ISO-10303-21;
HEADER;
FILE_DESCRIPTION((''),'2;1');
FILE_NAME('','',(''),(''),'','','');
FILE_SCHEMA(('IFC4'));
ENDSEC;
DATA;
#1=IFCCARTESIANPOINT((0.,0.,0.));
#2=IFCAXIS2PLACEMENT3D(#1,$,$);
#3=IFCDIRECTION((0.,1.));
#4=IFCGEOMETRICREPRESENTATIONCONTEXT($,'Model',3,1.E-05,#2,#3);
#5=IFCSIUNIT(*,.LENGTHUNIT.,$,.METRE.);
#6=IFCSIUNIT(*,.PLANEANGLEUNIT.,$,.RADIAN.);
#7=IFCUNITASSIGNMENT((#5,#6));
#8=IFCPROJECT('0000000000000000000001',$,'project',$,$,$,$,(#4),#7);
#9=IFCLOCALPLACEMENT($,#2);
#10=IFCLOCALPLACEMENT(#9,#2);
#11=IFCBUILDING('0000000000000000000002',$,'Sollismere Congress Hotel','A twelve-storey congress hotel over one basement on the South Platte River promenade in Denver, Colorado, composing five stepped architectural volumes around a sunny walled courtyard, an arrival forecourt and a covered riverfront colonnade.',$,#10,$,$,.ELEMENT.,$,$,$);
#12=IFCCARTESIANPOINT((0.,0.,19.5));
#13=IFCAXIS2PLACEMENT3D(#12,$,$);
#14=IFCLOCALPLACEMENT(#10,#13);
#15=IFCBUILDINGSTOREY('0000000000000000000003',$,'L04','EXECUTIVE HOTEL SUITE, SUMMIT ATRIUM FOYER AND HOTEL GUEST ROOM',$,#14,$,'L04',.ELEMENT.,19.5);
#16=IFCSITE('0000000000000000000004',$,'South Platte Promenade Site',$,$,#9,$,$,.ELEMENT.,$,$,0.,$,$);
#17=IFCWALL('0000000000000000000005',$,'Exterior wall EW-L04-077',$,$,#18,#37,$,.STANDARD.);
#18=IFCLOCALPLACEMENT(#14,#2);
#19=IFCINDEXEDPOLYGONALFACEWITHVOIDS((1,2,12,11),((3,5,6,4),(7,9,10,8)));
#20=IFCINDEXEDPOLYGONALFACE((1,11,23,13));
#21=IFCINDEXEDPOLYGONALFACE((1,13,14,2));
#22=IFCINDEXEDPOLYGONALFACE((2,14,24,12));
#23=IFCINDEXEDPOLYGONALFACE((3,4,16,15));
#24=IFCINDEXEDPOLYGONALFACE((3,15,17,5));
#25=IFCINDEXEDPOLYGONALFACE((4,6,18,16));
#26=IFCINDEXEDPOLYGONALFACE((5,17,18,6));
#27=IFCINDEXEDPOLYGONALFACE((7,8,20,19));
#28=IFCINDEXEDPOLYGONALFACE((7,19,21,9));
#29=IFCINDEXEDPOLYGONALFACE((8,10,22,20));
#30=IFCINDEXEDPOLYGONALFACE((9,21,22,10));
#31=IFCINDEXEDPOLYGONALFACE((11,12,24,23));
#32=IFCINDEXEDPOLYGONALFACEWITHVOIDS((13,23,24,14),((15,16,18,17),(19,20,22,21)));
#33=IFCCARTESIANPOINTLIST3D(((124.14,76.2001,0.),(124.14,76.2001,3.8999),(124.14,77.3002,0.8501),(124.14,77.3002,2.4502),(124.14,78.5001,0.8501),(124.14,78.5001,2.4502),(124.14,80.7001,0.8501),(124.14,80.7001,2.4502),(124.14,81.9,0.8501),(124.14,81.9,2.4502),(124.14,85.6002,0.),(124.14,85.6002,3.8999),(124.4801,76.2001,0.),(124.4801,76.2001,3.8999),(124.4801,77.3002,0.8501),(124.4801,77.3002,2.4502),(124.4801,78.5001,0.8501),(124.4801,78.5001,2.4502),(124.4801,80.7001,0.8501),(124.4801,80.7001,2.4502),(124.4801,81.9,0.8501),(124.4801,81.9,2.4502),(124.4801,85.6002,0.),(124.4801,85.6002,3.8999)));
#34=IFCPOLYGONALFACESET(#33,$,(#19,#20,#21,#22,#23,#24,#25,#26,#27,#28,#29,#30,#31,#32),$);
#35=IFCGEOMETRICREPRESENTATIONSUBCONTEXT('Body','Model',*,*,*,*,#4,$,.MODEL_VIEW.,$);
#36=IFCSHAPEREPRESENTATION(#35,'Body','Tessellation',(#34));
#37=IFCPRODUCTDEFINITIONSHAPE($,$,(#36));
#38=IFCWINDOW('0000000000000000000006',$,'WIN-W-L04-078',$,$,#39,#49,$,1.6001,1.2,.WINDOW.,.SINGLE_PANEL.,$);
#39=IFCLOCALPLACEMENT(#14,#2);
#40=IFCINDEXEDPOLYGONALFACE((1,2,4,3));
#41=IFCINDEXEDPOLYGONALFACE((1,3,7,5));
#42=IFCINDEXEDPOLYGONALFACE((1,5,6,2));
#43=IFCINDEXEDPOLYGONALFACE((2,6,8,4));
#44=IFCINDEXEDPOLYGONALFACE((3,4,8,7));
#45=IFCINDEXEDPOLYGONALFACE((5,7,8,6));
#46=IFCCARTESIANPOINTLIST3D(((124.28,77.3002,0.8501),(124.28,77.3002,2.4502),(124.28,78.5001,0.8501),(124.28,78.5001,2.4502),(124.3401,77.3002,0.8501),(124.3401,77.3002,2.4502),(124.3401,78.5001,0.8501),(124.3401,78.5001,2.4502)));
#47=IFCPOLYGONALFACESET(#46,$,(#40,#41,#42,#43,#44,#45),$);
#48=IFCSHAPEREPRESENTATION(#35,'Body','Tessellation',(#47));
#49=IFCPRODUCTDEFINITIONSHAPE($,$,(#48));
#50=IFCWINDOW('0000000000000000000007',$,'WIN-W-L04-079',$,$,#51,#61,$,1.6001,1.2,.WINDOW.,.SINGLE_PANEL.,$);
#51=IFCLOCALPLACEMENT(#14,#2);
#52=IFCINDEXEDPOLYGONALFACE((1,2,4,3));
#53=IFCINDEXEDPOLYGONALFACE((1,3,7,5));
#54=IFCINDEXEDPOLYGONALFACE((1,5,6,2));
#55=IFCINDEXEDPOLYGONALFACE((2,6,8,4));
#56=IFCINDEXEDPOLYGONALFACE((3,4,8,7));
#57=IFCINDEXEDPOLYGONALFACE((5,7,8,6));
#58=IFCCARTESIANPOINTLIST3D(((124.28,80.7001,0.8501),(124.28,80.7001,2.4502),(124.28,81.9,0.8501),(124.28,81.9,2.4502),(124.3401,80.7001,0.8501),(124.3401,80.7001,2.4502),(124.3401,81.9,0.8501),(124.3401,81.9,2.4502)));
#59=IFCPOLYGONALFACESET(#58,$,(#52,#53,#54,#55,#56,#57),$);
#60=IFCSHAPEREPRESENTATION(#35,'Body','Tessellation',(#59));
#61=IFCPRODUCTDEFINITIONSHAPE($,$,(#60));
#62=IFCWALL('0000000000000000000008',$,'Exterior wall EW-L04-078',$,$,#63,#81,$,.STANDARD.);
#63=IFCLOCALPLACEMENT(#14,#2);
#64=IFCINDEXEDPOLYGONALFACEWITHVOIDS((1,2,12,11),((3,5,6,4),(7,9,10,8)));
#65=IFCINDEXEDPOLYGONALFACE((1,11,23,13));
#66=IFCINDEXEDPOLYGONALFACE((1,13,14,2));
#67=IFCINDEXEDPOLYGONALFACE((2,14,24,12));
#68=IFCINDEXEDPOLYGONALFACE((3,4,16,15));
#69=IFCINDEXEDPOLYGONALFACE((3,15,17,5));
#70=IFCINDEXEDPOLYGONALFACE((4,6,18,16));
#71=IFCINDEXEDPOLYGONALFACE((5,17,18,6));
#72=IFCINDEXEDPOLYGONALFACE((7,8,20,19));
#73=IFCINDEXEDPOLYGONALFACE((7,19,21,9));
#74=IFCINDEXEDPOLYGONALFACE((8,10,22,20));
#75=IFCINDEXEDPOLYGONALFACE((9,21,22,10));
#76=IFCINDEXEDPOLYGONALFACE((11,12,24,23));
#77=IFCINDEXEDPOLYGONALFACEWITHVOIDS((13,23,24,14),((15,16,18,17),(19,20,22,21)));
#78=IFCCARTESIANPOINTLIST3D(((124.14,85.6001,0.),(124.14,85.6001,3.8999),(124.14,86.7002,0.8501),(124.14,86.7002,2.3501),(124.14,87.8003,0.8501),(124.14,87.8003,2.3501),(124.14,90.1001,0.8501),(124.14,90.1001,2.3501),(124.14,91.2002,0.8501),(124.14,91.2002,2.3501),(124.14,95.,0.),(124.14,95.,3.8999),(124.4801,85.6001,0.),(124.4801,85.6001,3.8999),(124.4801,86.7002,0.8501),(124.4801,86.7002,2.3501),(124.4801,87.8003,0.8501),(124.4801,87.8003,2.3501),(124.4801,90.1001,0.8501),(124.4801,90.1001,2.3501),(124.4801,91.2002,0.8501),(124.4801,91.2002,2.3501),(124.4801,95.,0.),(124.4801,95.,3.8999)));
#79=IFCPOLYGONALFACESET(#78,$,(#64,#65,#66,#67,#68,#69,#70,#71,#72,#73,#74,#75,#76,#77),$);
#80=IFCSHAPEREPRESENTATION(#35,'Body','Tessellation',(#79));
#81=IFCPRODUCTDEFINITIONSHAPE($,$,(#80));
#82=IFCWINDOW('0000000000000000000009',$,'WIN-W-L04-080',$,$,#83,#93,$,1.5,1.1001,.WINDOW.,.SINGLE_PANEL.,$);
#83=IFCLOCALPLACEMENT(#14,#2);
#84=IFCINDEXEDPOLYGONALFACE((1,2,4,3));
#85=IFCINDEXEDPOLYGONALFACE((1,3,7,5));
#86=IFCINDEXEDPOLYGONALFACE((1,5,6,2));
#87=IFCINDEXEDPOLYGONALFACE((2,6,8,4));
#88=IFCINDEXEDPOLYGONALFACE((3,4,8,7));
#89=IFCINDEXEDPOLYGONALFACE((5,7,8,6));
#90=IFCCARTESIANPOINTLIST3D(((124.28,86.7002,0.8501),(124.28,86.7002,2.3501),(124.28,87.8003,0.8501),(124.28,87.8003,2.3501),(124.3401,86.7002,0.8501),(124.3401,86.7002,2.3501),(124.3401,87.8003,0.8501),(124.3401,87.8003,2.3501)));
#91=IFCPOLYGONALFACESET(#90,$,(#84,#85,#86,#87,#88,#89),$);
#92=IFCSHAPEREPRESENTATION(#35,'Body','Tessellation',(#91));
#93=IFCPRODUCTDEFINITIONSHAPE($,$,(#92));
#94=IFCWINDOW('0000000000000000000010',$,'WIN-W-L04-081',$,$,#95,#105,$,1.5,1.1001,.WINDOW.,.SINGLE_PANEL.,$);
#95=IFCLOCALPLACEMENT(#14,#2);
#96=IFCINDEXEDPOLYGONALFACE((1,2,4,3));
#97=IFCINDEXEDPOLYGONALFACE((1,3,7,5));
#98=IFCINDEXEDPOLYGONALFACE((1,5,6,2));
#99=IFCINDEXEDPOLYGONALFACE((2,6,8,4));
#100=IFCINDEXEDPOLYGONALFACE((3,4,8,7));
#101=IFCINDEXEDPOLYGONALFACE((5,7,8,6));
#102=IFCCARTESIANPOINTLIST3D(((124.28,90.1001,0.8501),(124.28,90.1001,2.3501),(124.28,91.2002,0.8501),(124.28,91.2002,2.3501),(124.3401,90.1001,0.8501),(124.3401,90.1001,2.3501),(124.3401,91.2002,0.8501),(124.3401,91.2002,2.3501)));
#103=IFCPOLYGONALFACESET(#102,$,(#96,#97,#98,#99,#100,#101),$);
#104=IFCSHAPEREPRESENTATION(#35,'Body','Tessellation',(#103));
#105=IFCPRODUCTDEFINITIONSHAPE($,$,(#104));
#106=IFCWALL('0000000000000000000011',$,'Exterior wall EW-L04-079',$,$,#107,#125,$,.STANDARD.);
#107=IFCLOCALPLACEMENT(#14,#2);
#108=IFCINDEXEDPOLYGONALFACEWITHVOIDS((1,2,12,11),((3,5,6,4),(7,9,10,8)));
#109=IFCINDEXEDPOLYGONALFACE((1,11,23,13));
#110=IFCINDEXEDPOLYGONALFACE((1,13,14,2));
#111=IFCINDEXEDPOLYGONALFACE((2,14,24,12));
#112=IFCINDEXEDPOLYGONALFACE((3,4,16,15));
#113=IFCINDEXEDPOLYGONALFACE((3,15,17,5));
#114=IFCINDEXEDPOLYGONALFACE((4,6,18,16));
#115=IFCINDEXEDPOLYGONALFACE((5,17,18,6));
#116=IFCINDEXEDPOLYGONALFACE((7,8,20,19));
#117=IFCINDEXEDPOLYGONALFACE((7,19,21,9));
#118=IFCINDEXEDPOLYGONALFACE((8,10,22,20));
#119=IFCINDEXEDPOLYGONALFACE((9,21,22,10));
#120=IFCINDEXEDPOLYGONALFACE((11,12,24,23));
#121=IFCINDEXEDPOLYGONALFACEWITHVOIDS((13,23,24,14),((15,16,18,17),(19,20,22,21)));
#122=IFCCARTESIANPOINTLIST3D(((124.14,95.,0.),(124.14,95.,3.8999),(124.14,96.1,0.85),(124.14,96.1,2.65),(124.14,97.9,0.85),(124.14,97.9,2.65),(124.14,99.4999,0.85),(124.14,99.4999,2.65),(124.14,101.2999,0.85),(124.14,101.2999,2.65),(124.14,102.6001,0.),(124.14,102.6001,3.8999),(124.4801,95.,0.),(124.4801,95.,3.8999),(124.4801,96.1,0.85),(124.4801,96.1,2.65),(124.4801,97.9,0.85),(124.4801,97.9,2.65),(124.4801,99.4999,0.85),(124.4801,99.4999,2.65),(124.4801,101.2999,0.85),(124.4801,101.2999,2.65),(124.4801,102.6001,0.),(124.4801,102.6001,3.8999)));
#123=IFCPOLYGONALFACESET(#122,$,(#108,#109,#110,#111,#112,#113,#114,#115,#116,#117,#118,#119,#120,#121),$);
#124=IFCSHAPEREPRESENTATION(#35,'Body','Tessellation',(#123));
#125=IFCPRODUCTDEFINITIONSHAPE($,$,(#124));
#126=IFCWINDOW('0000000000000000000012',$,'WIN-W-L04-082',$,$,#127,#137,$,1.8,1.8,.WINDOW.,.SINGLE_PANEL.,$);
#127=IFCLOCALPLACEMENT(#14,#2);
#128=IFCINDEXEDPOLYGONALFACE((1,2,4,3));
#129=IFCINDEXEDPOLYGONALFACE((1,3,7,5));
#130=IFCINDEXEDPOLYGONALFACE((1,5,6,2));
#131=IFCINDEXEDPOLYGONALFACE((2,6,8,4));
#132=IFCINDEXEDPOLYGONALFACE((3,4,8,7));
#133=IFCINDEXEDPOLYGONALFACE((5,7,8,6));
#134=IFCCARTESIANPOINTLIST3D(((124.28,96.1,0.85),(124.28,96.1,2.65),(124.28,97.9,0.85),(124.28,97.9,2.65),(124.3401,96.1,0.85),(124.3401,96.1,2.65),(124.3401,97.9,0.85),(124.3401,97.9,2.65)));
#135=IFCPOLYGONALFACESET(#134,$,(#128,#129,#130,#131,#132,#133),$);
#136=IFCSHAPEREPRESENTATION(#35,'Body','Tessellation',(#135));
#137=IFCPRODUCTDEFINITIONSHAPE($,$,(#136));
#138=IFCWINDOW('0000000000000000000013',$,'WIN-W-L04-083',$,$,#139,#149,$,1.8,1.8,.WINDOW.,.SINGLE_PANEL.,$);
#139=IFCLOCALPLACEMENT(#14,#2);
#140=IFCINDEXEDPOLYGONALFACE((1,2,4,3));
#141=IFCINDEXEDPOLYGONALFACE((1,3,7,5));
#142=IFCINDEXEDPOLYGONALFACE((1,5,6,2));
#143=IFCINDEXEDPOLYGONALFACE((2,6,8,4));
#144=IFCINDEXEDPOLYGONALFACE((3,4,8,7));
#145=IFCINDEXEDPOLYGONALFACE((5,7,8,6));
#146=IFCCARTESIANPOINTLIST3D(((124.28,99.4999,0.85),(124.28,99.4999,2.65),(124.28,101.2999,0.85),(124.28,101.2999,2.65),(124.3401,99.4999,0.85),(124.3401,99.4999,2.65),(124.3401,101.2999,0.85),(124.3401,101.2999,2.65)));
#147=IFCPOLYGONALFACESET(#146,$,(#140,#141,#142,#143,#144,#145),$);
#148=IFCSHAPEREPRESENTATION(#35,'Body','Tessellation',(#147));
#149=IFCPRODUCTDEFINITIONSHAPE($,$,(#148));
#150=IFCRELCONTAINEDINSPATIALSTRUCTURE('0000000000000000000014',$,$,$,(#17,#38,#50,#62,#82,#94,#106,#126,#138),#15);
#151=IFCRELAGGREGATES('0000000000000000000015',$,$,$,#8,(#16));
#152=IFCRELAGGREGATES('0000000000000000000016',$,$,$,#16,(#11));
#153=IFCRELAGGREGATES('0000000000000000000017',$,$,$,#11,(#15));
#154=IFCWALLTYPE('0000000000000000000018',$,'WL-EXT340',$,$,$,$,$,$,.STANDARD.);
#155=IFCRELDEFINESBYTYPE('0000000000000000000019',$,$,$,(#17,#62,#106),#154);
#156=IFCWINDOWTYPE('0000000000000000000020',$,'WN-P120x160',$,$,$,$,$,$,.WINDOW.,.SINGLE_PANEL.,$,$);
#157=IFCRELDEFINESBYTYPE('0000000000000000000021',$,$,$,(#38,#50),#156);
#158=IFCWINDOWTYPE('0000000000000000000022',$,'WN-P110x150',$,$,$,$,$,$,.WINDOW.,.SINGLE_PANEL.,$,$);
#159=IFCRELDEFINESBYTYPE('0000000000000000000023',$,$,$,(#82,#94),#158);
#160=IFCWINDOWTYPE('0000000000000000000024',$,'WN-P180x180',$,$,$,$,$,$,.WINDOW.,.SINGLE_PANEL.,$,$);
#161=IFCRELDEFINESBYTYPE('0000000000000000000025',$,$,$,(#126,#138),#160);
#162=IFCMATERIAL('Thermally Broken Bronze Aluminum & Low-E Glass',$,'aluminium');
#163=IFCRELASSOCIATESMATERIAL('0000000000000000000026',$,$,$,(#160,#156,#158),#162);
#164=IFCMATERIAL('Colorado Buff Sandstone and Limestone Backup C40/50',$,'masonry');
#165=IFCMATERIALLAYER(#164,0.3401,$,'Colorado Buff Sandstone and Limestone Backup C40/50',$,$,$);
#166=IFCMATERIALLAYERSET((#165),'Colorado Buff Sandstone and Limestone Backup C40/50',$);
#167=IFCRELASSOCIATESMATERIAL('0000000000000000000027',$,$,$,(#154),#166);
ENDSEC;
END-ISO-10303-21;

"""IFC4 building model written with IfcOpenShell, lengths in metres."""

from ifc_helpers import new_model, si_unit, direction, frame, frame_2d, origin, place, context, subcontext, project, spatial, rectangle, extrude, material, layer, layer_set, type_object, element, fill, save


model = new_model("IFC4")

# Units and contexts
model_context = context("Model", 3, precision=1e-05, world=origin(), true_north=direction((0.0, 1.0)))
body_context = subcontext(model_context, "Body", "Model", "MODEL_VIEW")
ifc_project = project(units=[si_unit("LENGTHUNIT", "METRE"), si_unit("PLANEANGLEUNIT", "RADIAN")], contexts=[model_context])

# Site, building, storey
site_placement = place(None, origin())
site = spatial("IfcSite", under=ifc_project, at=site_placement, Name="South Platte Promenade Site", CompositionType="ELEMENT", RefElevation=0.0)
building_placement = place(site_placement, origin())
building = spatial("IfcBuilding", under=site, at=building_placement, Name="Sollismere Congress Hotel", Description="A twelve-storey congress hotel over one basement on the South Platte River promenade in Denver, Colorado, composing five stepped architectural volumes around a sunny walled courtyard, an arrival forecourt and a covered riverfront colonnade.", CompositionType="ELEMENT")
storey_placement = place(building_placement, frame((0.0, 0.0, 19.5)))
storey = spatial("IfcBuildingStorey", under=building, at=storey_placement, Name="L04", Description="EXECUTIVE HOTEL SUITE, SUMMIT ATRIUM FOYER AND HOTEL GUEST ROOM", LongName="L04", CompositionType="ELEMENT", Elevation=19.5)

# Walls, openings, windows
ifc_material_1 = material(Name="Thermally Broken Bronze Aluminum & Low-E Glass", Category="aluminium")
window_type_1 = type_object("IfcWindowType", Name="WN-P180x180", PartitioningType="SINGLE_PANEL", PredefinedType="WINDOW", material=ifc_material_1)
ifc_material_2 = material(Name="Colorado Buff Sandstone and Limestone Backup C40/50", Category="masonry")
ifc_layer_1 = layer(ifc_material_2, 0.3401, Name="Colorado Buff Sandstone and Limestone Backup C40/50")
ifc_layer_set_1 = layer_set([ifc_layer_1], Name="Colorado Buff Sandstone and Limestone Backup C40/50")
wall_type_1 = type_object("IfcWallType", Name="WL-EXT340", PredefinedType="STANDARD", material=ifc_layer_set_1)
wall_1_placement = place(storey_placement, frame((124.3101, 76.2, 0.0), z_axis=(0.0, 0.0, 1.0), x_axis=(0.0, 1.0, 0.0)))
wall_1 = element("IfcWall", 1, at=wall_1_placement, inside=storey, type_object=wall_type_1, Name="Exterior wall EW-L04-077", PredefinedType="STANDARD", context=body_context, shape_type="SweptSolid", body=[
    extrude(rectangle(XDim=9.4001, YDim=0.3401, at=frame_2d((4.7002, 0.0))), origin(), (0.0, 0.0, 1.0), 3.8999),
])
opening_1_placement = place(wall_1_placement, frame((1.1001, 0.0, 0.8501)))
opening_1 = element("IfcOpeningElement", 2, at=opening_1_placement, cuts=wall_1, PredefinedType="OPENING", context=body_context, shape_type="SweptSolid", body=[
    extrude(rectangle(XDim=1.2, YDim=1.6001, at=frame_2d((0.6001, 0.8))), frame((0.0, 0.1799, 0.0), z_axis=(0.0, -1.0, 0.0), x_axis=(1.0, 0.0, 0.0)), (0.0, 0.0, 1.0), 0.3601),
])
opening_2_placement = place(wall_1_placement, frame((4.5, 0.0, 0.8501)))
opening_2 = element("IfcOpeningElement", 3, at=opening_2_placement, cuts=wall_1, PredefinedType="OPENING", context=body_context, shape_type="SweptSolid", body=[
    extrude(rectangle(XDim=1.2, YDim=1.6001, at=frame_2d((0.6001, 0.8))), frame((0.0, 0.1799, 0.0), z_axis=(0.0, -1.0, 0.0), x_axis=(1.0, 0.0, 0.0)), (0.0, 0.0, 1.0), 0.3601),
])
window_type_2 = type_object("IfcWindowType", Name="WN-P120x160", PartitioningType="SINGLE_PANEL", PredefinedType="WINDOW", material=ifc_material_1)
window_1_placement = place(opening_1_placement, origin())
window_1 = element("IfcWindow", 4, at=window_1_placement, inside=storey, type_object=window_type_2, Name="WIN-W-L04-078", OverallHeight=1.6001, OverallWidth=1.2, PartitioningType="SINGLE_PANEL", PredefinedType="WINDOW", context=body_context, shape_type="SweptSolid", body=[
    extrude(rectangle(XDim=1.2, YDim=1.6001, at=frame_2d((0.6001, 0.8))), frame((0.0, 0.03, 0.0), z_axis=(0.0, -1.0, 0.0), x_axis=(1.0, 0.0, 0.0)), (0.0, 0.0, 1.0), 0.0601),
])
fill(opening_1, window_1)
window_2_placement = place(opening_2_placement, origin())
window_2 = element("IfcWindow", 5, at=window_2_placement, inside=storey, type_object=window_type_2, Name="WIN-W-L04-079", OverallHeight=1.6001, OverallWidth=1.2, PartitioningType="SINGLE_PANEL", PredefinedType="WINDOW", context=body_context, shape_type="SweptSolid", body=[
    extrude(rectangle(XDim=1.2, YDim=1.6001, at=frame_2d((0.6001, 0.8))), frame((0.0, 0.03, 0.0), z_axis=(0.0, -1.0, 0.0), x_axis=(1.0, 0.0, 0.0)), (0.0, 0.0, 1.0), 0.0601),
])
fill(opening_2, window_2)
wall_2_placement = place(storey_placement, frame((124.3101, 85.6001, 0.0), z_axis=(0.0, 0.0, 1.0), x_axis=(0.0, 1.0, 0.0)))
wall_2 = element("IfcWall", 6, at=wall_2_placement, inside=storey, type_object=wall_type_1, Name="Exterior wall EW-L04-078", PredefinedType="STANDARD", context=body_context, shape_type="SweptSolid", body=[
    extrude(rectangle(XDim=9.3999, YDim=0.3401, at=frame_2d((4.7, 0.0))), origin(), (0.0, 0.0, 1.0), 3.8999),
])
opening_3_placement = place(wall_2_placement, frame((1.1001, 0.0, 0.8501)))
opening_3 = element("IfcOpeningElement", 7, at=opening_3_placement, cuts=wall_2, PredefinedType="OPENING", context=body_context, shape_type="SweptSolid", body=[
    extrude(rectangle(XDim=1.1001, YDim=1.5, at=frame_2d((0.55, 0.75))), frame((0.0, 0.1799, 0.0), z_axis=(0.0, -1.0, 0.0), x_axis=(1.0, 0.0, 0.0)), (0.0, 0.0, 1.0), 0.3601),
])
opening_4_placement = place(wall_2_placement, frame((4.5, 0.0, 0.8501)))
opening_4 = element("IfcOpeningElement", 8, at=opening_4_placement, cuts=wall_2, PredefinedType="OPENING", context=body_context, shape_type="SweptSolid", body=[
    extrude(rectangle(XDim=1.1001, YDim=1.5, at=frame_2d((0.55, 0.75))), frame((0.0, 0.1799, 0.0), z_axis=(0.0, -1.0, 0.0), x_axis=(1.0, 0.0, 0.0)), (0.0, 0.0, 1.0), 0.3601),
])
window_type_3 = type_object("IfcWindowType", Name="WN-P110x150", PartitioningType="SINGLE_PANEL", PredefinedType="WINDOW", material=ifc_material_1)
window_3_placement = place(opening_3_placement, origin())
window_3 = element("IfcWindow", 9, at=window_3_placement, inside=storey, type_object=window_type_3, Name="WIN-W-L04-080", OverallHeight=1.5, OverallWidth=1.1001, PartitioningType="SINGLE_PANEL", PredefinedType="WINDOW", context=body_context, shape_type="SweptSolid", body=[
    extrude(rectangle(XDim=1.1001, YDim=1.5, at=frame_2d((0.55, 0.75))), frame((0.0, 0.03, 0.0), z_axis=(0.0, -1.0, 0.0), x_axis=(1.0, 0.0, 0.0)), (0.0, 0.0, 1.0), 0.0601),
])
fill(opening_3, window_3)
window_4_placement = place(opening_4_placement, origin())
window_4 = element("IfcWindow", 10, at=window_4_placement, inside=storey, type_object=window_type_3, Name="WIN-W-L04-081", OverallHeight=1.5, OverallWidth=1.1001, PartitioningType="SINGLE_PANEL", PredefinedType="WINDOW", context=body_context, shape_type="SweptSolid", body=[
    extrude(rectangle(XDim=1.1001, YDim=1.5, at=frame_2d((0.55, 0.75))), frame((0.0, 0.03, 0.0), z_axis=(0.0, -1.0, 0.0), x_axis=(1.0, 0.0, 0.0)), (0.0, 0.0, 1.0), 0.0601),
])
fill(opening_4, window_4)
wall_3_placement = place(storey_placement, frame((124.3101, 95.0, 0.0), z_axis=(0.0, 0.0, 1.0), x_axis=(0.0, 1.0, 0.0)))
wall_3 = element("IfcWall", 11, at=wall_3_placement, inside=storey, type_object=wall_type_1, Name="Exterior wall EW-L04-079", PredefinedType="STANDARD", context=body_context, shape_type="SweptSolid", body=[
    extrude(rectangle(XDim=7.6001, YDim=0.3401, at=frame_2d((3.8, 0.0))), origin(), (0.0, 0.0, 1.0), 3.8999),
])
opening_5_placement = place(wall_3_placement, frame((1.1001, 0.0, 0.8501)))
opening_5 = element("IfcOpeningElement", 12, at=opening_5_placement, cuts=wall_3, PredefinedType="OPENING", context=body_context, shape_type="SweptSolid", body=[
    extrude(rectangle(XDim=1.8, YDim=1.8, at=frame_2d((0.8999, 0.8999))), frame((0.0, 0.1799, 0.0), z_axis=(0.0, -1.0, 0.0), x_axis=(1.0, 0.0, 0.0)), (0.0, 0.0, 1.0), 0.3601),
])
opening_6_placement = place(wall_3_placement, frame((4.5, 0.0, 0.8501)))
opening_6 = element("IfcOpeningElement", 13, at=opening_6_placement, cuts=wall_3, PredefinedType="OPENING", context=body_context, shape_type="SweptSolid", body=[
    extrude(rectangle(XDim=1.8, YDim=1.8, at=frame_2d((0.8999, 0.8999))), frame((0.0, 0.1799, 0.0), z_axis=(0.0, -1.0, 0.0), x_axis=(1.0, 0.0, 0.0)), (0.0, 0.0, 1.0), 0.3601),
])
window_5_placement = place(opening_5_placement, origin())
window_5 = element("IfcWindow", 14, at=window_5_placement, inside=storey, type_object=window_type_1, Name="WIN-W-L04-082", OverallHeight=1.8, OverallWidth=1.8, PartitioningType="SINGLE_PANEL", PredefinedType="WINDOW", context=body_context, shape_type="SweptSolid", body=[
    extrude(rectangle(XDim=1.8, YDim=1.8, at=frame_2d((0.8999, 0.8999))), frame((0.0, 0.03, 0.0), z_axis=(0.0, -1.0, 0.0), x_axis=(1.0, 0.0, 0.0)), (0.0, 0.0, 1.0), 0.0601),
])
fill(opening_5, window_5)
window_6_placement = place(opening_6_placement, origin())
window_6 = element("IfcWindow", 15, at=window_6_placement, inside=storey, type_object=window_type_1, Name="WIN-W-L04-083", OverallHeight=1.8, OverallWidth=1.8, PartitioningType="SINGLE_PANEL", PredefinedType="WINDOW", context=body_context, shape_type="SweptSolid", body=[
    extrude(rectangle(XDim=1.8, YDim=1.8, at=frame_2d((0.8999, 0.8999))), frame((0.0, 0.03, 0.0), z_axis=(0.0, -1.0, 0.0), x_axis=(1.0, 0.0, 0.0)), (0.0, 0.0, 1.0), 0.0601),
])
fill(opening_6, window_6)

save(model, "model.ifc")
